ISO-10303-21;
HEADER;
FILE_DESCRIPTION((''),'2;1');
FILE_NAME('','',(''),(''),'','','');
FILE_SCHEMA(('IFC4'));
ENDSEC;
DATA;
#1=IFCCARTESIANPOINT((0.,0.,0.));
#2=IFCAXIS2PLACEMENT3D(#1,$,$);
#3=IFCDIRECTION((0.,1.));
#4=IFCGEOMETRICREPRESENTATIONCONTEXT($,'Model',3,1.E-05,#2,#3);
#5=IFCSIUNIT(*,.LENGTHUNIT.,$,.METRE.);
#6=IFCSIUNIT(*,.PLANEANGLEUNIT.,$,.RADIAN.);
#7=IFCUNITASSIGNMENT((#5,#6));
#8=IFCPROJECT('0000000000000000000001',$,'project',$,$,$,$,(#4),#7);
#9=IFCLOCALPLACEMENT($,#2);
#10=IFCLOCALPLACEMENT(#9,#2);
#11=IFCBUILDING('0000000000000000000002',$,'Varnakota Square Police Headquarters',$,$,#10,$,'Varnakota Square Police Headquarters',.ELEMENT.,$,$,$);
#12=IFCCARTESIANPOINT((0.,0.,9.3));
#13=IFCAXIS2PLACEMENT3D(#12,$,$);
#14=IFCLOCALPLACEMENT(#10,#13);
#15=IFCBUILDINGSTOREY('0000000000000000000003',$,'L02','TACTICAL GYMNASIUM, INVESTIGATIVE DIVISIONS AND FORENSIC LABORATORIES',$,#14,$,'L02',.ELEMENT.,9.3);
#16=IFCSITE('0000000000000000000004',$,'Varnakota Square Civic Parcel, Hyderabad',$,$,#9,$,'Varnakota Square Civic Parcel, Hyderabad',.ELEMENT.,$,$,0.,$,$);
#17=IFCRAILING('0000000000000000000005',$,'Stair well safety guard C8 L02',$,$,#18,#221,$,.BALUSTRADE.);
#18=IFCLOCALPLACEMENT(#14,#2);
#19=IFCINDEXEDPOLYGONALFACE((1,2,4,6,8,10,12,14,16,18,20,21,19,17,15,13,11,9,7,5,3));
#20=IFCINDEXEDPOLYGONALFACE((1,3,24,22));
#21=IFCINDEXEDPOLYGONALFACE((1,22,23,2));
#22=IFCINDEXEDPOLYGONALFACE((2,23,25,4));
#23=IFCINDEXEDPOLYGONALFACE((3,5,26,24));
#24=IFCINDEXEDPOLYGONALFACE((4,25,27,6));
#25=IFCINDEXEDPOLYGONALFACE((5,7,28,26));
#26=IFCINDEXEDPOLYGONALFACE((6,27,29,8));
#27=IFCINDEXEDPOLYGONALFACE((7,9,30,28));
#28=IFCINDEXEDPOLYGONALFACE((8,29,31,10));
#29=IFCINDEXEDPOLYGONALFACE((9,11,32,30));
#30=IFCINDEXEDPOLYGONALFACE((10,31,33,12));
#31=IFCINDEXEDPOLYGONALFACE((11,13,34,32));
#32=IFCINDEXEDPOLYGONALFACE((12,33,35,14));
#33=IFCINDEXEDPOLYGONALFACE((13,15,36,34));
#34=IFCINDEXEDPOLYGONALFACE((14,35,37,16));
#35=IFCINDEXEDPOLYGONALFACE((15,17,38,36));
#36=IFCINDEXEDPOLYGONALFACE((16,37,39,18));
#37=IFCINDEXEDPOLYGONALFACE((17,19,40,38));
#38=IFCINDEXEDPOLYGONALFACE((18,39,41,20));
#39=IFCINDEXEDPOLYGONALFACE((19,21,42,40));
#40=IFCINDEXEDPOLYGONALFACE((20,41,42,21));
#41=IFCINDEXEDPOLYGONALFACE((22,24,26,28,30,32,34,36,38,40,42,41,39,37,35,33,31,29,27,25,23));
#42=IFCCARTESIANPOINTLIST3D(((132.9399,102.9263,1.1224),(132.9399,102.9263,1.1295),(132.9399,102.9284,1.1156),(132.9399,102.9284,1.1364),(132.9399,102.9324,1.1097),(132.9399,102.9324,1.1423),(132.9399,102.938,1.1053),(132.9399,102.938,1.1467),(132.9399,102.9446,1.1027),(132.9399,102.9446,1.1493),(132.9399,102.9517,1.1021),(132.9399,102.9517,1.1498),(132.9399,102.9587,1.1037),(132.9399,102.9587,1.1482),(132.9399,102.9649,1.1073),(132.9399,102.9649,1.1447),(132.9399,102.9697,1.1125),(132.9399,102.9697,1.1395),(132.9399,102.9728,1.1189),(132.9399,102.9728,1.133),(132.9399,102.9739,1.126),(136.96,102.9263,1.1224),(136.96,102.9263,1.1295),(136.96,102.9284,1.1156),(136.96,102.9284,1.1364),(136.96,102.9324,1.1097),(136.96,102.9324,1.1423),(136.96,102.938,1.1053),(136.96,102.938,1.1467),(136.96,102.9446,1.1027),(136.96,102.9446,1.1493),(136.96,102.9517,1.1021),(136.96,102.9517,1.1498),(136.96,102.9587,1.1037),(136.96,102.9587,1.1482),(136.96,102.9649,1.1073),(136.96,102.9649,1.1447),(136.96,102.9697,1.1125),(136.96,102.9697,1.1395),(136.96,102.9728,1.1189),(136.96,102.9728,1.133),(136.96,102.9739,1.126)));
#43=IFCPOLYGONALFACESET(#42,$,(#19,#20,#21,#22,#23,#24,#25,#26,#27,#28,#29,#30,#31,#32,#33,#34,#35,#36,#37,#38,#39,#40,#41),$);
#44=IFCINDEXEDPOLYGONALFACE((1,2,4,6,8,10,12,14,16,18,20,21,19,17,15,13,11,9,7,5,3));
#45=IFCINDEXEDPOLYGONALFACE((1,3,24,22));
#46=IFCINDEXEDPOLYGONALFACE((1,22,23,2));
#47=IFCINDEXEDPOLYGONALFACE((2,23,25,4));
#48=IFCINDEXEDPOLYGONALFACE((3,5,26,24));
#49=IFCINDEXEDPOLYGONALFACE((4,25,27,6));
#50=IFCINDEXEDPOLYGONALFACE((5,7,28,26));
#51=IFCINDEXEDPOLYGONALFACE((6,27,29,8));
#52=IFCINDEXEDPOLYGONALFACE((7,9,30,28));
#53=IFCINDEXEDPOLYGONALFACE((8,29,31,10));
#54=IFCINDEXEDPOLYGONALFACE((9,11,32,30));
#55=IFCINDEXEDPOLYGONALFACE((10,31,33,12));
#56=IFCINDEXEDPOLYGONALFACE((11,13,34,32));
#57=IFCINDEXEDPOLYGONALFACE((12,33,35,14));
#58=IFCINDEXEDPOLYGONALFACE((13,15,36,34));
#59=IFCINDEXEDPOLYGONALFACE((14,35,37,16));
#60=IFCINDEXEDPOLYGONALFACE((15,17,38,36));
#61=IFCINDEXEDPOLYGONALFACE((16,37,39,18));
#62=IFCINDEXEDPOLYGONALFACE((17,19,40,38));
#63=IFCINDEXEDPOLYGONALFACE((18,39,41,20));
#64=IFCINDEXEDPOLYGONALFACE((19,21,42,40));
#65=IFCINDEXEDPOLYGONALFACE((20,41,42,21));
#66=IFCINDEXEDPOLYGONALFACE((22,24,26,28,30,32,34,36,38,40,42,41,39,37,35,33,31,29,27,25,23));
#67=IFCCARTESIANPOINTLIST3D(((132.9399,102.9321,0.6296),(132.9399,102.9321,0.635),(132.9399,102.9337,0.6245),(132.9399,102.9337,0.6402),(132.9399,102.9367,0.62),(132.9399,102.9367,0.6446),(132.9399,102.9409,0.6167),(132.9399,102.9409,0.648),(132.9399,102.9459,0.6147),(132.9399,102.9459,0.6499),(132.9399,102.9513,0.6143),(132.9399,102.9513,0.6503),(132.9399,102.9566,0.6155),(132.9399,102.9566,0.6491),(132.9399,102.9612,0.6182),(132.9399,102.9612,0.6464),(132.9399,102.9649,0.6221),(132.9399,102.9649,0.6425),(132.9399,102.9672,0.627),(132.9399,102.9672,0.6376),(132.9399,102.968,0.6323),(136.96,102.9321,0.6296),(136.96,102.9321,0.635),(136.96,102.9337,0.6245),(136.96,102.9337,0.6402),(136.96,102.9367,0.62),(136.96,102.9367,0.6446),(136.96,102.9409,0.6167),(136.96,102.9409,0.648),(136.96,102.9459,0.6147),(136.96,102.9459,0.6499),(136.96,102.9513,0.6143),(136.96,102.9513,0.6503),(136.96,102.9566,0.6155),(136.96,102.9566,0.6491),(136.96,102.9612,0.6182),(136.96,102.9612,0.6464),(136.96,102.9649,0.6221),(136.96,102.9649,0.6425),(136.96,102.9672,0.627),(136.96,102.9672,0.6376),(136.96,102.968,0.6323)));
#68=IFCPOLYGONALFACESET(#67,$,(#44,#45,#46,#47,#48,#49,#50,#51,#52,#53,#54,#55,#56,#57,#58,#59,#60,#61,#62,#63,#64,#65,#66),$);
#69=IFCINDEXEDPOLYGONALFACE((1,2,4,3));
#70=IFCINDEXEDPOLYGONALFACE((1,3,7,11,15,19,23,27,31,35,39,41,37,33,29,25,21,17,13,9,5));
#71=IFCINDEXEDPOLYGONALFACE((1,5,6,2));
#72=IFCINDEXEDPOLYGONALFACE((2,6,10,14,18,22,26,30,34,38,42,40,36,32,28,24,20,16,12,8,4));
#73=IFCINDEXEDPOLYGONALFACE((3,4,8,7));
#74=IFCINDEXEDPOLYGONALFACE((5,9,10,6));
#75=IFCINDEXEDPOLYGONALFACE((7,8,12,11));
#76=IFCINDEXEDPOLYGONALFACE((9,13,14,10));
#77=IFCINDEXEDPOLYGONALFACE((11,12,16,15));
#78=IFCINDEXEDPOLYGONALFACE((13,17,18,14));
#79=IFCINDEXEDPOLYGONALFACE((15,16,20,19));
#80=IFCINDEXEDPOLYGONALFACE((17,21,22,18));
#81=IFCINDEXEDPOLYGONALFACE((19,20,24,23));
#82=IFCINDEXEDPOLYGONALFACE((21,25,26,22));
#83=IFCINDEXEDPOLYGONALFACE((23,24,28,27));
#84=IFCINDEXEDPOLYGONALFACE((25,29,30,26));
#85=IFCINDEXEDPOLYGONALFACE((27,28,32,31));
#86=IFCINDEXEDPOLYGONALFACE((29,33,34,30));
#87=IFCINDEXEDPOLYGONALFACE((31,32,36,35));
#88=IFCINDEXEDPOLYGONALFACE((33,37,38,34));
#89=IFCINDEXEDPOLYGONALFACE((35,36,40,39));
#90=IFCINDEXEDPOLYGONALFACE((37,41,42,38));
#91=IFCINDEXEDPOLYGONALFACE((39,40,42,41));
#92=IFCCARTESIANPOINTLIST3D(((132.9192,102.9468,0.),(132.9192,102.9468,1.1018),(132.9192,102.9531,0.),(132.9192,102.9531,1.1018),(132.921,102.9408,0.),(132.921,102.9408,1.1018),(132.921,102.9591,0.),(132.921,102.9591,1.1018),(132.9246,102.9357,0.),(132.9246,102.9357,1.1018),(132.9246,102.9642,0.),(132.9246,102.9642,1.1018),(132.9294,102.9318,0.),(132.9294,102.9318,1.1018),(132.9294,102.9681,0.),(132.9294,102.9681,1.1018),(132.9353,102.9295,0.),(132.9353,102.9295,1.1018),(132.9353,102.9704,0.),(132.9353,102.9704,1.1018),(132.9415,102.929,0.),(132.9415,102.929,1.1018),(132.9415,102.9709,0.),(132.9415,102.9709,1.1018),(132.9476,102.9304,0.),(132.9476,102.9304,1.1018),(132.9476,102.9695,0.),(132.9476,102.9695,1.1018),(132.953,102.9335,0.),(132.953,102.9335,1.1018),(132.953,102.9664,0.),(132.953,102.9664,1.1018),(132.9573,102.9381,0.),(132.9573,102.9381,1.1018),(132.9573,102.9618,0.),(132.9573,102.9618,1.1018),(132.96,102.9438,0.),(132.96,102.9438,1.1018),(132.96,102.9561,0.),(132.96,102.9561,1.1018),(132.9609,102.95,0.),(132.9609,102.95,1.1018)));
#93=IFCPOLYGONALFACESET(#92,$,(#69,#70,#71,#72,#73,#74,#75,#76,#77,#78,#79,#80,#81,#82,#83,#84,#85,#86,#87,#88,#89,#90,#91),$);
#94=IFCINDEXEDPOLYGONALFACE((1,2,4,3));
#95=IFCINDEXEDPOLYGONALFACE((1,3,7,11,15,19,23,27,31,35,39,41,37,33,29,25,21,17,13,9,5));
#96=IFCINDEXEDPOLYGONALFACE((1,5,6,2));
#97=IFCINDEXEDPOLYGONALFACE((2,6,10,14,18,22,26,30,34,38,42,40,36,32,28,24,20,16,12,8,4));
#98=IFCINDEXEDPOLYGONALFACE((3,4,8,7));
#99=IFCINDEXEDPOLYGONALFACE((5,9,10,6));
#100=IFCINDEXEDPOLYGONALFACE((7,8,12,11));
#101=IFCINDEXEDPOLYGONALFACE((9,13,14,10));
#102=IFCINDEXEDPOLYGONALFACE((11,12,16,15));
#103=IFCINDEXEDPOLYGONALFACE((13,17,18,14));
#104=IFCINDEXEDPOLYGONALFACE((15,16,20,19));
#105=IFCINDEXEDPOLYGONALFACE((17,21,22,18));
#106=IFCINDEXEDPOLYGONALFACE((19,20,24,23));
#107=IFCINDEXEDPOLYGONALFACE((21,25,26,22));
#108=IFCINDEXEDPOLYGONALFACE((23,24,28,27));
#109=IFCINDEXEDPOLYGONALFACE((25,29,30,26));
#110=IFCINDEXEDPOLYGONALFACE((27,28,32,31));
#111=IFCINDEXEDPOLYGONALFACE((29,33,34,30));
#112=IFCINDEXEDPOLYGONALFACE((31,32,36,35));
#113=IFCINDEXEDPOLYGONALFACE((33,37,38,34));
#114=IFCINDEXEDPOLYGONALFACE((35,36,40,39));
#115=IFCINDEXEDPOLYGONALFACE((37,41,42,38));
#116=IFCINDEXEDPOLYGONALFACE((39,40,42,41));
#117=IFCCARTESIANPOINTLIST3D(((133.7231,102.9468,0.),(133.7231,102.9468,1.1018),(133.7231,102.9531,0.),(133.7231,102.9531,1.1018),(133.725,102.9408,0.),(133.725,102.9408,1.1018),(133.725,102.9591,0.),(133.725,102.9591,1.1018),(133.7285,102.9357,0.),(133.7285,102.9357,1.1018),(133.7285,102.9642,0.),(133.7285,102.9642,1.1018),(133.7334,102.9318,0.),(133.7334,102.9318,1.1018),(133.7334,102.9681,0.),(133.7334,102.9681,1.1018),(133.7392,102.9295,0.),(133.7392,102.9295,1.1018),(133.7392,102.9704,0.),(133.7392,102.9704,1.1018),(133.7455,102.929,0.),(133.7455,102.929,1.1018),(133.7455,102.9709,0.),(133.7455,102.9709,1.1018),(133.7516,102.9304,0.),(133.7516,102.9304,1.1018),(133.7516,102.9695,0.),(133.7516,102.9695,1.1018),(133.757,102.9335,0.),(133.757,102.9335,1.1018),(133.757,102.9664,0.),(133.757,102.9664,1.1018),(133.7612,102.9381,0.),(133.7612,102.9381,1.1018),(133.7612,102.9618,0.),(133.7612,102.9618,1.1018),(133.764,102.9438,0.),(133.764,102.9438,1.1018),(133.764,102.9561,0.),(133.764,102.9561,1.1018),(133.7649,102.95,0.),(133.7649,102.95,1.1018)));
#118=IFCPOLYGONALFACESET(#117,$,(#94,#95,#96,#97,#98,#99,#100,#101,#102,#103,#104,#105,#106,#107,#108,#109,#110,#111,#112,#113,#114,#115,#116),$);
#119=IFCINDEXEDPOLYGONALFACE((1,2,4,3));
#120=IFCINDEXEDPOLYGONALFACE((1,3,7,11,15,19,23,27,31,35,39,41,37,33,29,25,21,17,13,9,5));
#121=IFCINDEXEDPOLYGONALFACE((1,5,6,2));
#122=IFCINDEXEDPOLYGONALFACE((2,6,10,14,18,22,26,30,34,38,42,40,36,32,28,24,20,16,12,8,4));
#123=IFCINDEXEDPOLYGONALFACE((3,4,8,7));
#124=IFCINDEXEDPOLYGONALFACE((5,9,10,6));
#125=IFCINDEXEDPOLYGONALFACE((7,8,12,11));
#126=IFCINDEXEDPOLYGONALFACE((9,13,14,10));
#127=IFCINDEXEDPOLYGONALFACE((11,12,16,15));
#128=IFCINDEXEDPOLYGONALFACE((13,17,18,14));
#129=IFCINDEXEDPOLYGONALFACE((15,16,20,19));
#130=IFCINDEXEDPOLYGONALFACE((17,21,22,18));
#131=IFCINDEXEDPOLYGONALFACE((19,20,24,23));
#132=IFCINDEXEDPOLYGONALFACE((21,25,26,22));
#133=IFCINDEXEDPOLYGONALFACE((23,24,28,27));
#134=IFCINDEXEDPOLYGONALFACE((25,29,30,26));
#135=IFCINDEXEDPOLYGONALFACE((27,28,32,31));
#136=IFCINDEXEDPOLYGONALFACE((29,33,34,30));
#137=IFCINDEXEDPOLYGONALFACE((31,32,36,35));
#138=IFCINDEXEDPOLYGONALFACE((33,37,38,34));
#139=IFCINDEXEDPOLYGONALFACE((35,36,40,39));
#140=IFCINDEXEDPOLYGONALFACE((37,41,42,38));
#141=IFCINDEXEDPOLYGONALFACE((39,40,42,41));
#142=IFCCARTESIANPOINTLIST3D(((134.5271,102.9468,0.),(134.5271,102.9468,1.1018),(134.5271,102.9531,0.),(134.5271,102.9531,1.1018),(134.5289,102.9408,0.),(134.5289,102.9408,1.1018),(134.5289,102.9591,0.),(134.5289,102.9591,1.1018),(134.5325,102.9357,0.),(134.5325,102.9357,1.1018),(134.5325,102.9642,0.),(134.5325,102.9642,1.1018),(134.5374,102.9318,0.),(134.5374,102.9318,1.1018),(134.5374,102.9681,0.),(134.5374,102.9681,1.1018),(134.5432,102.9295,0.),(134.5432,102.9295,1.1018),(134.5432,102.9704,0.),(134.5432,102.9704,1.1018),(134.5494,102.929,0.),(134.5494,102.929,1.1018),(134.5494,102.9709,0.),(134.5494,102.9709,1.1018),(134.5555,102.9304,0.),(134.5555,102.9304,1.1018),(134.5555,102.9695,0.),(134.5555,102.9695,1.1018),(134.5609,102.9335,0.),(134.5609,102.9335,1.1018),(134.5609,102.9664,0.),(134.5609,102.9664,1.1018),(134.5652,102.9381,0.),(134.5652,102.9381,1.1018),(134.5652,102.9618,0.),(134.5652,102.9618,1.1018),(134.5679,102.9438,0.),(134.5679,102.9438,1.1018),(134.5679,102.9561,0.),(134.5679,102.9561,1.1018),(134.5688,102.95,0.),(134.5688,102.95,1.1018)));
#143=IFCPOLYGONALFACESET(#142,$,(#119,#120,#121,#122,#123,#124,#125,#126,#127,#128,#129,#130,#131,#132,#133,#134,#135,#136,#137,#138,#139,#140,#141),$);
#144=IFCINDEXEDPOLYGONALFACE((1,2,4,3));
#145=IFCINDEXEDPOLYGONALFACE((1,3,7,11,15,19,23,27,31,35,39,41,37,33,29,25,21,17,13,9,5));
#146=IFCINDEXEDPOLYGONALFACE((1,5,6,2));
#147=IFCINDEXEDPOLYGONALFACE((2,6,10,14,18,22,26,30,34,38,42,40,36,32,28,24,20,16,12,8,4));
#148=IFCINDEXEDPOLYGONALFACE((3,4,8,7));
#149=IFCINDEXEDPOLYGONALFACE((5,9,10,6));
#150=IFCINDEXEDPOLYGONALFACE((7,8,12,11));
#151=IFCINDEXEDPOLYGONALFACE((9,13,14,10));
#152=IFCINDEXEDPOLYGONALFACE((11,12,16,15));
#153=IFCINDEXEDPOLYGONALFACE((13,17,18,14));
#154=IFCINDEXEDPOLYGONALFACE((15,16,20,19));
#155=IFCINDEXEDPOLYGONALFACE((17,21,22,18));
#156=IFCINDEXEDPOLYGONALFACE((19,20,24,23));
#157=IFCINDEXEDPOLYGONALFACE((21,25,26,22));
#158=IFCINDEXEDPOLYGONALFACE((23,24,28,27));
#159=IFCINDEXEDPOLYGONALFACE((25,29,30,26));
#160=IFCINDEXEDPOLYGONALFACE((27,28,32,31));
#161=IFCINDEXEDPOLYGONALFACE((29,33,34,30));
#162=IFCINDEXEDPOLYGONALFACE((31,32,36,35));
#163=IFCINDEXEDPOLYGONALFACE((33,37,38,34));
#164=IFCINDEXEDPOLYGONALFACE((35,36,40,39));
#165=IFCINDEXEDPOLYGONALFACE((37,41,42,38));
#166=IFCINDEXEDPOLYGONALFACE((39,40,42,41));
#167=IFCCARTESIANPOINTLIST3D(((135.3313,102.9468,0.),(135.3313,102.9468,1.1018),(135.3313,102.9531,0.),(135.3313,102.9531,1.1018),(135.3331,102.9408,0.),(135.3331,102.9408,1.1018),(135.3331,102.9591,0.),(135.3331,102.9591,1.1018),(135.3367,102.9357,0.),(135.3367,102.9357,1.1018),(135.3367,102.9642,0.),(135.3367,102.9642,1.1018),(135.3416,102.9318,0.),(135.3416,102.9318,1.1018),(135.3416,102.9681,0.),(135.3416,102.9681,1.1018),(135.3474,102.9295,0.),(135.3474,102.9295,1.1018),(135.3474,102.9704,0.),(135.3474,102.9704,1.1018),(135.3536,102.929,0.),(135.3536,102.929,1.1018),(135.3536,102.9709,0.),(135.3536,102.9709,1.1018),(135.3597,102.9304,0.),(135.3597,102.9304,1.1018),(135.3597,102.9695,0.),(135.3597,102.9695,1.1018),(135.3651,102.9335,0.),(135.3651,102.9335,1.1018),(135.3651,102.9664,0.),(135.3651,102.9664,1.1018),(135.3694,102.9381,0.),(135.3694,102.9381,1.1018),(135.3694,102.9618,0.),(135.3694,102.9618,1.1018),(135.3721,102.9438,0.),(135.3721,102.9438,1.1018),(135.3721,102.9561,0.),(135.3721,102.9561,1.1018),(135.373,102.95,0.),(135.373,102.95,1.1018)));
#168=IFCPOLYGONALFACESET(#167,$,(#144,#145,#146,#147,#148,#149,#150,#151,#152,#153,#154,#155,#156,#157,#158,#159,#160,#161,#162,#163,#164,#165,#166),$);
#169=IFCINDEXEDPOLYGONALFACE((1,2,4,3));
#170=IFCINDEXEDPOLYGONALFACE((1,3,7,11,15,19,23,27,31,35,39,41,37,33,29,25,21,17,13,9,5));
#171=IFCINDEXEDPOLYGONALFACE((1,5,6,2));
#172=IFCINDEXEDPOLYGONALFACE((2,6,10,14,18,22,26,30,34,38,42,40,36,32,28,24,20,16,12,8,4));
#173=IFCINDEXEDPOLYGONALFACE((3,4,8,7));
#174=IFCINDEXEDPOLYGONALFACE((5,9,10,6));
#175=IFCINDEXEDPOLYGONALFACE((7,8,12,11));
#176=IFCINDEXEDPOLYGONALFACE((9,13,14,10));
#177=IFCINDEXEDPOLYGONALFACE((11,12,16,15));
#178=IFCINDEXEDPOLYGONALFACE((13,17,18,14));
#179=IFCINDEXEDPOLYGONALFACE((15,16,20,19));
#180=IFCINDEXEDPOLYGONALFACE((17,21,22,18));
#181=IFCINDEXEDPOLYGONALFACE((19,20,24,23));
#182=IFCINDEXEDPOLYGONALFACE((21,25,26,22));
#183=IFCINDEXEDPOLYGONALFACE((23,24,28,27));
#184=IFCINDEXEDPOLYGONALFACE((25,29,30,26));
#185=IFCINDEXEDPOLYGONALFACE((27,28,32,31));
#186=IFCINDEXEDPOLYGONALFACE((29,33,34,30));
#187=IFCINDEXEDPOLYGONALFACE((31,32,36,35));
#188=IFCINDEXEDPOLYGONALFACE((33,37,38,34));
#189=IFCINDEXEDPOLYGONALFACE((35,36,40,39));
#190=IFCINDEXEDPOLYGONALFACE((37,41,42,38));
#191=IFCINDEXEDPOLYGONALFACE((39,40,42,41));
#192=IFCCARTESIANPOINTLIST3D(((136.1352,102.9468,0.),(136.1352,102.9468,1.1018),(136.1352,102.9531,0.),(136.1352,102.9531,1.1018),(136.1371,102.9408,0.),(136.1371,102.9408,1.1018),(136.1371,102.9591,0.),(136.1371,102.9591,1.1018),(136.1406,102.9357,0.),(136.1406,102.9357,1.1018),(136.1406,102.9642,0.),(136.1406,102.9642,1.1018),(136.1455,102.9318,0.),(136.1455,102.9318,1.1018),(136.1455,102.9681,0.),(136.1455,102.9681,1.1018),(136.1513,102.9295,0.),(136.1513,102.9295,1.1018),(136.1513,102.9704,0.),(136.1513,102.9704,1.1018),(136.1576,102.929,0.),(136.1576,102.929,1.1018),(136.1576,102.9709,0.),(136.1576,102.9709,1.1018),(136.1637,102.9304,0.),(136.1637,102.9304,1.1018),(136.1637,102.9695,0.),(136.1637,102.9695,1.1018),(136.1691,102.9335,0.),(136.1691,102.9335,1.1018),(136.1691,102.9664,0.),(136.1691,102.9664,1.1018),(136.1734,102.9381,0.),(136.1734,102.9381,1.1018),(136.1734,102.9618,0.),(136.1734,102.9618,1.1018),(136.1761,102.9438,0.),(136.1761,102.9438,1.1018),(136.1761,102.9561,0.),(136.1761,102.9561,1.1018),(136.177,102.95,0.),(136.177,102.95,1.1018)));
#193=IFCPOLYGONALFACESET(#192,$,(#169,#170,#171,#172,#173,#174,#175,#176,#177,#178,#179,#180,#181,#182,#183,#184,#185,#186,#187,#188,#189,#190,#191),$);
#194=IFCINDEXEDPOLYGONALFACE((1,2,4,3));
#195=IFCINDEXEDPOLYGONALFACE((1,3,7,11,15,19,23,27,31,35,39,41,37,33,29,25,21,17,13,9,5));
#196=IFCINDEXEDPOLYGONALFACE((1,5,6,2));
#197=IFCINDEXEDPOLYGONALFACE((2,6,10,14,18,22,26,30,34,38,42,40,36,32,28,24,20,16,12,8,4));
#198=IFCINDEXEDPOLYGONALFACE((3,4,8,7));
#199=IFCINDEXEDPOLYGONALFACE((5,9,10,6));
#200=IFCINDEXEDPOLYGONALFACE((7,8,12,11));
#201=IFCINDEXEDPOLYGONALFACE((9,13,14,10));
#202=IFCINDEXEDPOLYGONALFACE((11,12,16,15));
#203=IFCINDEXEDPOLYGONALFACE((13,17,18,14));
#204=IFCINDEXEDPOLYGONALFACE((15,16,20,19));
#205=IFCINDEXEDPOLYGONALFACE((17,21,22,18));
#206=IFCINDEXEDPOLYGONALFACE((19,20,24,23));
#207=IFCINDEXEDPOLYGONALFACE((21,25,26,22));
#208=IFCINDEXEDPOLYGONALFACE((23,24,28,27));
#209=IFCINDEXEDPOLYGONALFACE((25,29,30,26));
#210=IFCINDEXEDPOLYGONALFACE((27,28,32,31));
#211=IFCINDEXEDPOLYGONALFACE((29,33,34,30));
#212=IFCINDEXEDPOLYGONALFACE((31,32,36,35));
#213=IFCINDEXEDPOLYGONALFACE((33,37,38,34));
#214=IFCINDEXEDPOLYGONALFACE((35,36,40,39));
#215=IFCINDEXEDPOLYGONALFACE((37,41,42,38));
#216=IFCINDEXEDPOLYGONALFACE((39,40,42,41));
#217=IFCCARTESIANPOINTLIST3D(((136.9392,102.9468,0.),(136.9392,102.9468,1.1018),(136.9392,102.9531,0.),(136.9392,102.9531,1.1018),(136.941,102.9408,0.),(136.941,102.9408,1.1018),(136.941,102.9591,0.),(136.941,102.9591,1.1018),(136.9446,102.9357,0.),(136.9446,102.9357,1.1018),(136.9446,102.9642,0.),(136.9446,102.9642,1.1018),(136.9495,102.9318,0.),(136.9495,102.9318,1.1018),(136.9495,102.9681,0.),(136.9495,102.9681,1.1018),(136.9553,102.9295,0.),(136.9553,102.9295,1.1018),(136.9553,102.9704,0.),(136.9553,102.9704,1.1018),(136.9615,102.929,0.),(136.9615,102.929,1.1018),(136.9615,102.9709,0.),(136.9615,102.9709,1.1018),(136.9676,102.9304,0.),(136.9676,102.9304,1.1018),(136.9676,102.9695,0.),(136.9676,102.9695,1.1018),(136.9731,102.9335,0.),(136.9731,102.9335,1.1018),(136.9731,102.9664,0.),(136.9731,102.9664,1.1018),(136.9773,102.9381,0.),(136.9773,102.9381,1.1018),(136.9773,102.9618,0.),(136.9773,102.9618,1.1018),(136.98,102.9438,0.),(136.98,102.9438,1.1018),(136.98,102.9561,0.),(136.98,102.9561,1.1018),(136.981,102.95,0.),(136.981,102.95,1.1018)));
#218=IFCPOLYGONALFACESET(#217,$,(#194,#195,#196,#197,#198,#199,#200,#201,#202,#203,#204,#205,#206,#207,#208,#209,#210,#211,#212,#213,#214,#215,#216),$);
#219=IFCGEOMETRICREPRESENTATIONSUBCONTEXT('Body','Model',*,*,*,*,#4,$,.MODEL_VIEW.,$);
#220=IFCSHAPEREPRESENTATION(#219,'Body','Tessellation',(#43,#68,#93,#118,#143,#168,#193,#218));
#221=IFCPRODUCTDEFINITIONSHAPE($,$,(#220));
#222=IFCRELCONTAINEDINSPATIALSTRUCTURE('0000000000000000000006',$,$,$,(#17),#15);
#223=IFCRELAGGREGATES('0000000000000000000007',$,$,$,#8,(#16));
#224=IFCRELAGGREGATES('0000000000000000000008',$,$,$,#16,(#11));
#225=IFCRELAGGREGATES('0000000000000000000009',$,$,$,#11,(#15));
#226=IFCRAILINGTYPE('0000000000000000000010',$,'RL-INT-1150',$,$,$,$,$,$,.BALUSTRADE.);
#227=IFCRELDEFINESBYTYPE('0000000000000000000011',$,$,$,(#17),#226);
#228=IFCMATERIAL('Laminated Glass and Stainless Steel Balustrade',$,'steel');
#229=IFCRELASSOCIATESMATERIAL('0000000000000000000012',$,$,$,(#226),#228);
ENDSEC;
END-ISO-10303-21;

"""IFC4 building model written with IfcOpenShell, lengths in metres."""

from ifc_helpers import new_model, si_unit, direction, frame, origin, origin_2d, place, context, subcontext, project, spatial, circle, extrude, material, type_object, element, save


model = new_model("IFC4")

# Units and contexts
model_context = context("Model", 3, precision=1e-05, world=origin(), true_north=direction((0.0, 1.0)))
body_context = subcontext(model_context, "Body", "Model", "MODEL_VIEW")
ifc_project = project(units=[si_unit("LENGTHUNIT", "METRE"), si_unit("PLANEANGLEUNIT", "RADIAN")], contexts=[model_context])

# Site, building, storey
site_placement = place(None, origin())
site = spatial("IfcSite", under=ifc_project, at=site_placement, Name="Varnakota Square Civic Parcel, Hyderabad", LongName="Varnakota Square Civic Parcel, Hyderabad", CompositionType="ELEMENT", RefElevation=0.0)
building_placement = place(site_placement, origin())
building = spatial("IfcBuilding", under=site, at=building_placement, Name="Varnakota Square Police Headquarters", LongName="Varnakota Square Police Headquarters", CompositionType="ELEMENT")
storey_placement = place(building_placement, frame((0.0, 0.0, 9.3)))
storey = spatial("IfcBuildingStorey", under=building, at=storey_placement, Name="L02", Description="TACTICAL GYMNASIUM, INVESTIGATIVE DIVISIONS AND FORENSIC LABORATORIES", LongName="L02", CompositionType="ELEMENT", Elevation=9.3)

# Railing
ifc_material_1 = material(Name="Laminated Glass and Stainless Steel Balustrade", Category="steel")
railing_type_1 = type_object("IfcRailingType", Name="RL-INT-1150", PredefinedType="BALUSTRADE", material=ifc_material_1)
railing_1_placement = place(storey_placement, frame((132.9399, 102.95, 0.0)))
element("IfcRailing", 1, at=railing_1_placement, inside=storey, type_object=railing_type_1, Name="Stair well safety guard C8 L02", PredefinedType="BALUSTRADE", context=body_context, shape_type="SweptSolid", body=[
    extrude(circle(Radius=0.0239, at=origin_2d()), frame((0.0, 0.0, 1.126), z_axis=(1.0, 0.0, 0.0), x_axis=(0.0, 1.0, 0.0)), (0.0, 0.0, 1.0), 4.02),
    extrude(circle(Radius=0.0181, at=origin_2d()), frame((0.0, 0.0, 0.6323), z_axis=(1.0, 0.0, 0.0), x_axis=(0.0, 1.0, 0.0)), (0.0, 0.0, 1.0), 4.02),
    extrude(circle(Radius=0.021, at=origin_2d()), origin(), (0.0, 0.0, 1.0), 1.1018),
    extrude(circle(Radius=0.021, at=origin_2d()), frame((0.804, 0.0, 0.0)), (0.0, 0.0, 1.0), 1.1018),
    extrude(circle(Radius=0.021, at=origin_2d()), frame((1.6079, 0.0, 0.0)), (0.0, 0.0, 1.0), 1.1018),
    extrude(circle(Radius=0.021, at=origin_2d()), frame((2.4121, 0.0, 0.0)), (0.0, 0.0, 1.0), 1.1018),
    extrude(circle(Radius=0.021, at=origin_2d()), frame((3.2161, 0.0, 0.0)), (0.0, 0.0, 1.0), 1.1018),
    extrude(circle(Radius=0.021, at=origin_2d()), frame((4.02, 0.0, 0.0)), (0.0, 0.0, 1.0), 1.1018),
])

save(model, "model.ifc")
